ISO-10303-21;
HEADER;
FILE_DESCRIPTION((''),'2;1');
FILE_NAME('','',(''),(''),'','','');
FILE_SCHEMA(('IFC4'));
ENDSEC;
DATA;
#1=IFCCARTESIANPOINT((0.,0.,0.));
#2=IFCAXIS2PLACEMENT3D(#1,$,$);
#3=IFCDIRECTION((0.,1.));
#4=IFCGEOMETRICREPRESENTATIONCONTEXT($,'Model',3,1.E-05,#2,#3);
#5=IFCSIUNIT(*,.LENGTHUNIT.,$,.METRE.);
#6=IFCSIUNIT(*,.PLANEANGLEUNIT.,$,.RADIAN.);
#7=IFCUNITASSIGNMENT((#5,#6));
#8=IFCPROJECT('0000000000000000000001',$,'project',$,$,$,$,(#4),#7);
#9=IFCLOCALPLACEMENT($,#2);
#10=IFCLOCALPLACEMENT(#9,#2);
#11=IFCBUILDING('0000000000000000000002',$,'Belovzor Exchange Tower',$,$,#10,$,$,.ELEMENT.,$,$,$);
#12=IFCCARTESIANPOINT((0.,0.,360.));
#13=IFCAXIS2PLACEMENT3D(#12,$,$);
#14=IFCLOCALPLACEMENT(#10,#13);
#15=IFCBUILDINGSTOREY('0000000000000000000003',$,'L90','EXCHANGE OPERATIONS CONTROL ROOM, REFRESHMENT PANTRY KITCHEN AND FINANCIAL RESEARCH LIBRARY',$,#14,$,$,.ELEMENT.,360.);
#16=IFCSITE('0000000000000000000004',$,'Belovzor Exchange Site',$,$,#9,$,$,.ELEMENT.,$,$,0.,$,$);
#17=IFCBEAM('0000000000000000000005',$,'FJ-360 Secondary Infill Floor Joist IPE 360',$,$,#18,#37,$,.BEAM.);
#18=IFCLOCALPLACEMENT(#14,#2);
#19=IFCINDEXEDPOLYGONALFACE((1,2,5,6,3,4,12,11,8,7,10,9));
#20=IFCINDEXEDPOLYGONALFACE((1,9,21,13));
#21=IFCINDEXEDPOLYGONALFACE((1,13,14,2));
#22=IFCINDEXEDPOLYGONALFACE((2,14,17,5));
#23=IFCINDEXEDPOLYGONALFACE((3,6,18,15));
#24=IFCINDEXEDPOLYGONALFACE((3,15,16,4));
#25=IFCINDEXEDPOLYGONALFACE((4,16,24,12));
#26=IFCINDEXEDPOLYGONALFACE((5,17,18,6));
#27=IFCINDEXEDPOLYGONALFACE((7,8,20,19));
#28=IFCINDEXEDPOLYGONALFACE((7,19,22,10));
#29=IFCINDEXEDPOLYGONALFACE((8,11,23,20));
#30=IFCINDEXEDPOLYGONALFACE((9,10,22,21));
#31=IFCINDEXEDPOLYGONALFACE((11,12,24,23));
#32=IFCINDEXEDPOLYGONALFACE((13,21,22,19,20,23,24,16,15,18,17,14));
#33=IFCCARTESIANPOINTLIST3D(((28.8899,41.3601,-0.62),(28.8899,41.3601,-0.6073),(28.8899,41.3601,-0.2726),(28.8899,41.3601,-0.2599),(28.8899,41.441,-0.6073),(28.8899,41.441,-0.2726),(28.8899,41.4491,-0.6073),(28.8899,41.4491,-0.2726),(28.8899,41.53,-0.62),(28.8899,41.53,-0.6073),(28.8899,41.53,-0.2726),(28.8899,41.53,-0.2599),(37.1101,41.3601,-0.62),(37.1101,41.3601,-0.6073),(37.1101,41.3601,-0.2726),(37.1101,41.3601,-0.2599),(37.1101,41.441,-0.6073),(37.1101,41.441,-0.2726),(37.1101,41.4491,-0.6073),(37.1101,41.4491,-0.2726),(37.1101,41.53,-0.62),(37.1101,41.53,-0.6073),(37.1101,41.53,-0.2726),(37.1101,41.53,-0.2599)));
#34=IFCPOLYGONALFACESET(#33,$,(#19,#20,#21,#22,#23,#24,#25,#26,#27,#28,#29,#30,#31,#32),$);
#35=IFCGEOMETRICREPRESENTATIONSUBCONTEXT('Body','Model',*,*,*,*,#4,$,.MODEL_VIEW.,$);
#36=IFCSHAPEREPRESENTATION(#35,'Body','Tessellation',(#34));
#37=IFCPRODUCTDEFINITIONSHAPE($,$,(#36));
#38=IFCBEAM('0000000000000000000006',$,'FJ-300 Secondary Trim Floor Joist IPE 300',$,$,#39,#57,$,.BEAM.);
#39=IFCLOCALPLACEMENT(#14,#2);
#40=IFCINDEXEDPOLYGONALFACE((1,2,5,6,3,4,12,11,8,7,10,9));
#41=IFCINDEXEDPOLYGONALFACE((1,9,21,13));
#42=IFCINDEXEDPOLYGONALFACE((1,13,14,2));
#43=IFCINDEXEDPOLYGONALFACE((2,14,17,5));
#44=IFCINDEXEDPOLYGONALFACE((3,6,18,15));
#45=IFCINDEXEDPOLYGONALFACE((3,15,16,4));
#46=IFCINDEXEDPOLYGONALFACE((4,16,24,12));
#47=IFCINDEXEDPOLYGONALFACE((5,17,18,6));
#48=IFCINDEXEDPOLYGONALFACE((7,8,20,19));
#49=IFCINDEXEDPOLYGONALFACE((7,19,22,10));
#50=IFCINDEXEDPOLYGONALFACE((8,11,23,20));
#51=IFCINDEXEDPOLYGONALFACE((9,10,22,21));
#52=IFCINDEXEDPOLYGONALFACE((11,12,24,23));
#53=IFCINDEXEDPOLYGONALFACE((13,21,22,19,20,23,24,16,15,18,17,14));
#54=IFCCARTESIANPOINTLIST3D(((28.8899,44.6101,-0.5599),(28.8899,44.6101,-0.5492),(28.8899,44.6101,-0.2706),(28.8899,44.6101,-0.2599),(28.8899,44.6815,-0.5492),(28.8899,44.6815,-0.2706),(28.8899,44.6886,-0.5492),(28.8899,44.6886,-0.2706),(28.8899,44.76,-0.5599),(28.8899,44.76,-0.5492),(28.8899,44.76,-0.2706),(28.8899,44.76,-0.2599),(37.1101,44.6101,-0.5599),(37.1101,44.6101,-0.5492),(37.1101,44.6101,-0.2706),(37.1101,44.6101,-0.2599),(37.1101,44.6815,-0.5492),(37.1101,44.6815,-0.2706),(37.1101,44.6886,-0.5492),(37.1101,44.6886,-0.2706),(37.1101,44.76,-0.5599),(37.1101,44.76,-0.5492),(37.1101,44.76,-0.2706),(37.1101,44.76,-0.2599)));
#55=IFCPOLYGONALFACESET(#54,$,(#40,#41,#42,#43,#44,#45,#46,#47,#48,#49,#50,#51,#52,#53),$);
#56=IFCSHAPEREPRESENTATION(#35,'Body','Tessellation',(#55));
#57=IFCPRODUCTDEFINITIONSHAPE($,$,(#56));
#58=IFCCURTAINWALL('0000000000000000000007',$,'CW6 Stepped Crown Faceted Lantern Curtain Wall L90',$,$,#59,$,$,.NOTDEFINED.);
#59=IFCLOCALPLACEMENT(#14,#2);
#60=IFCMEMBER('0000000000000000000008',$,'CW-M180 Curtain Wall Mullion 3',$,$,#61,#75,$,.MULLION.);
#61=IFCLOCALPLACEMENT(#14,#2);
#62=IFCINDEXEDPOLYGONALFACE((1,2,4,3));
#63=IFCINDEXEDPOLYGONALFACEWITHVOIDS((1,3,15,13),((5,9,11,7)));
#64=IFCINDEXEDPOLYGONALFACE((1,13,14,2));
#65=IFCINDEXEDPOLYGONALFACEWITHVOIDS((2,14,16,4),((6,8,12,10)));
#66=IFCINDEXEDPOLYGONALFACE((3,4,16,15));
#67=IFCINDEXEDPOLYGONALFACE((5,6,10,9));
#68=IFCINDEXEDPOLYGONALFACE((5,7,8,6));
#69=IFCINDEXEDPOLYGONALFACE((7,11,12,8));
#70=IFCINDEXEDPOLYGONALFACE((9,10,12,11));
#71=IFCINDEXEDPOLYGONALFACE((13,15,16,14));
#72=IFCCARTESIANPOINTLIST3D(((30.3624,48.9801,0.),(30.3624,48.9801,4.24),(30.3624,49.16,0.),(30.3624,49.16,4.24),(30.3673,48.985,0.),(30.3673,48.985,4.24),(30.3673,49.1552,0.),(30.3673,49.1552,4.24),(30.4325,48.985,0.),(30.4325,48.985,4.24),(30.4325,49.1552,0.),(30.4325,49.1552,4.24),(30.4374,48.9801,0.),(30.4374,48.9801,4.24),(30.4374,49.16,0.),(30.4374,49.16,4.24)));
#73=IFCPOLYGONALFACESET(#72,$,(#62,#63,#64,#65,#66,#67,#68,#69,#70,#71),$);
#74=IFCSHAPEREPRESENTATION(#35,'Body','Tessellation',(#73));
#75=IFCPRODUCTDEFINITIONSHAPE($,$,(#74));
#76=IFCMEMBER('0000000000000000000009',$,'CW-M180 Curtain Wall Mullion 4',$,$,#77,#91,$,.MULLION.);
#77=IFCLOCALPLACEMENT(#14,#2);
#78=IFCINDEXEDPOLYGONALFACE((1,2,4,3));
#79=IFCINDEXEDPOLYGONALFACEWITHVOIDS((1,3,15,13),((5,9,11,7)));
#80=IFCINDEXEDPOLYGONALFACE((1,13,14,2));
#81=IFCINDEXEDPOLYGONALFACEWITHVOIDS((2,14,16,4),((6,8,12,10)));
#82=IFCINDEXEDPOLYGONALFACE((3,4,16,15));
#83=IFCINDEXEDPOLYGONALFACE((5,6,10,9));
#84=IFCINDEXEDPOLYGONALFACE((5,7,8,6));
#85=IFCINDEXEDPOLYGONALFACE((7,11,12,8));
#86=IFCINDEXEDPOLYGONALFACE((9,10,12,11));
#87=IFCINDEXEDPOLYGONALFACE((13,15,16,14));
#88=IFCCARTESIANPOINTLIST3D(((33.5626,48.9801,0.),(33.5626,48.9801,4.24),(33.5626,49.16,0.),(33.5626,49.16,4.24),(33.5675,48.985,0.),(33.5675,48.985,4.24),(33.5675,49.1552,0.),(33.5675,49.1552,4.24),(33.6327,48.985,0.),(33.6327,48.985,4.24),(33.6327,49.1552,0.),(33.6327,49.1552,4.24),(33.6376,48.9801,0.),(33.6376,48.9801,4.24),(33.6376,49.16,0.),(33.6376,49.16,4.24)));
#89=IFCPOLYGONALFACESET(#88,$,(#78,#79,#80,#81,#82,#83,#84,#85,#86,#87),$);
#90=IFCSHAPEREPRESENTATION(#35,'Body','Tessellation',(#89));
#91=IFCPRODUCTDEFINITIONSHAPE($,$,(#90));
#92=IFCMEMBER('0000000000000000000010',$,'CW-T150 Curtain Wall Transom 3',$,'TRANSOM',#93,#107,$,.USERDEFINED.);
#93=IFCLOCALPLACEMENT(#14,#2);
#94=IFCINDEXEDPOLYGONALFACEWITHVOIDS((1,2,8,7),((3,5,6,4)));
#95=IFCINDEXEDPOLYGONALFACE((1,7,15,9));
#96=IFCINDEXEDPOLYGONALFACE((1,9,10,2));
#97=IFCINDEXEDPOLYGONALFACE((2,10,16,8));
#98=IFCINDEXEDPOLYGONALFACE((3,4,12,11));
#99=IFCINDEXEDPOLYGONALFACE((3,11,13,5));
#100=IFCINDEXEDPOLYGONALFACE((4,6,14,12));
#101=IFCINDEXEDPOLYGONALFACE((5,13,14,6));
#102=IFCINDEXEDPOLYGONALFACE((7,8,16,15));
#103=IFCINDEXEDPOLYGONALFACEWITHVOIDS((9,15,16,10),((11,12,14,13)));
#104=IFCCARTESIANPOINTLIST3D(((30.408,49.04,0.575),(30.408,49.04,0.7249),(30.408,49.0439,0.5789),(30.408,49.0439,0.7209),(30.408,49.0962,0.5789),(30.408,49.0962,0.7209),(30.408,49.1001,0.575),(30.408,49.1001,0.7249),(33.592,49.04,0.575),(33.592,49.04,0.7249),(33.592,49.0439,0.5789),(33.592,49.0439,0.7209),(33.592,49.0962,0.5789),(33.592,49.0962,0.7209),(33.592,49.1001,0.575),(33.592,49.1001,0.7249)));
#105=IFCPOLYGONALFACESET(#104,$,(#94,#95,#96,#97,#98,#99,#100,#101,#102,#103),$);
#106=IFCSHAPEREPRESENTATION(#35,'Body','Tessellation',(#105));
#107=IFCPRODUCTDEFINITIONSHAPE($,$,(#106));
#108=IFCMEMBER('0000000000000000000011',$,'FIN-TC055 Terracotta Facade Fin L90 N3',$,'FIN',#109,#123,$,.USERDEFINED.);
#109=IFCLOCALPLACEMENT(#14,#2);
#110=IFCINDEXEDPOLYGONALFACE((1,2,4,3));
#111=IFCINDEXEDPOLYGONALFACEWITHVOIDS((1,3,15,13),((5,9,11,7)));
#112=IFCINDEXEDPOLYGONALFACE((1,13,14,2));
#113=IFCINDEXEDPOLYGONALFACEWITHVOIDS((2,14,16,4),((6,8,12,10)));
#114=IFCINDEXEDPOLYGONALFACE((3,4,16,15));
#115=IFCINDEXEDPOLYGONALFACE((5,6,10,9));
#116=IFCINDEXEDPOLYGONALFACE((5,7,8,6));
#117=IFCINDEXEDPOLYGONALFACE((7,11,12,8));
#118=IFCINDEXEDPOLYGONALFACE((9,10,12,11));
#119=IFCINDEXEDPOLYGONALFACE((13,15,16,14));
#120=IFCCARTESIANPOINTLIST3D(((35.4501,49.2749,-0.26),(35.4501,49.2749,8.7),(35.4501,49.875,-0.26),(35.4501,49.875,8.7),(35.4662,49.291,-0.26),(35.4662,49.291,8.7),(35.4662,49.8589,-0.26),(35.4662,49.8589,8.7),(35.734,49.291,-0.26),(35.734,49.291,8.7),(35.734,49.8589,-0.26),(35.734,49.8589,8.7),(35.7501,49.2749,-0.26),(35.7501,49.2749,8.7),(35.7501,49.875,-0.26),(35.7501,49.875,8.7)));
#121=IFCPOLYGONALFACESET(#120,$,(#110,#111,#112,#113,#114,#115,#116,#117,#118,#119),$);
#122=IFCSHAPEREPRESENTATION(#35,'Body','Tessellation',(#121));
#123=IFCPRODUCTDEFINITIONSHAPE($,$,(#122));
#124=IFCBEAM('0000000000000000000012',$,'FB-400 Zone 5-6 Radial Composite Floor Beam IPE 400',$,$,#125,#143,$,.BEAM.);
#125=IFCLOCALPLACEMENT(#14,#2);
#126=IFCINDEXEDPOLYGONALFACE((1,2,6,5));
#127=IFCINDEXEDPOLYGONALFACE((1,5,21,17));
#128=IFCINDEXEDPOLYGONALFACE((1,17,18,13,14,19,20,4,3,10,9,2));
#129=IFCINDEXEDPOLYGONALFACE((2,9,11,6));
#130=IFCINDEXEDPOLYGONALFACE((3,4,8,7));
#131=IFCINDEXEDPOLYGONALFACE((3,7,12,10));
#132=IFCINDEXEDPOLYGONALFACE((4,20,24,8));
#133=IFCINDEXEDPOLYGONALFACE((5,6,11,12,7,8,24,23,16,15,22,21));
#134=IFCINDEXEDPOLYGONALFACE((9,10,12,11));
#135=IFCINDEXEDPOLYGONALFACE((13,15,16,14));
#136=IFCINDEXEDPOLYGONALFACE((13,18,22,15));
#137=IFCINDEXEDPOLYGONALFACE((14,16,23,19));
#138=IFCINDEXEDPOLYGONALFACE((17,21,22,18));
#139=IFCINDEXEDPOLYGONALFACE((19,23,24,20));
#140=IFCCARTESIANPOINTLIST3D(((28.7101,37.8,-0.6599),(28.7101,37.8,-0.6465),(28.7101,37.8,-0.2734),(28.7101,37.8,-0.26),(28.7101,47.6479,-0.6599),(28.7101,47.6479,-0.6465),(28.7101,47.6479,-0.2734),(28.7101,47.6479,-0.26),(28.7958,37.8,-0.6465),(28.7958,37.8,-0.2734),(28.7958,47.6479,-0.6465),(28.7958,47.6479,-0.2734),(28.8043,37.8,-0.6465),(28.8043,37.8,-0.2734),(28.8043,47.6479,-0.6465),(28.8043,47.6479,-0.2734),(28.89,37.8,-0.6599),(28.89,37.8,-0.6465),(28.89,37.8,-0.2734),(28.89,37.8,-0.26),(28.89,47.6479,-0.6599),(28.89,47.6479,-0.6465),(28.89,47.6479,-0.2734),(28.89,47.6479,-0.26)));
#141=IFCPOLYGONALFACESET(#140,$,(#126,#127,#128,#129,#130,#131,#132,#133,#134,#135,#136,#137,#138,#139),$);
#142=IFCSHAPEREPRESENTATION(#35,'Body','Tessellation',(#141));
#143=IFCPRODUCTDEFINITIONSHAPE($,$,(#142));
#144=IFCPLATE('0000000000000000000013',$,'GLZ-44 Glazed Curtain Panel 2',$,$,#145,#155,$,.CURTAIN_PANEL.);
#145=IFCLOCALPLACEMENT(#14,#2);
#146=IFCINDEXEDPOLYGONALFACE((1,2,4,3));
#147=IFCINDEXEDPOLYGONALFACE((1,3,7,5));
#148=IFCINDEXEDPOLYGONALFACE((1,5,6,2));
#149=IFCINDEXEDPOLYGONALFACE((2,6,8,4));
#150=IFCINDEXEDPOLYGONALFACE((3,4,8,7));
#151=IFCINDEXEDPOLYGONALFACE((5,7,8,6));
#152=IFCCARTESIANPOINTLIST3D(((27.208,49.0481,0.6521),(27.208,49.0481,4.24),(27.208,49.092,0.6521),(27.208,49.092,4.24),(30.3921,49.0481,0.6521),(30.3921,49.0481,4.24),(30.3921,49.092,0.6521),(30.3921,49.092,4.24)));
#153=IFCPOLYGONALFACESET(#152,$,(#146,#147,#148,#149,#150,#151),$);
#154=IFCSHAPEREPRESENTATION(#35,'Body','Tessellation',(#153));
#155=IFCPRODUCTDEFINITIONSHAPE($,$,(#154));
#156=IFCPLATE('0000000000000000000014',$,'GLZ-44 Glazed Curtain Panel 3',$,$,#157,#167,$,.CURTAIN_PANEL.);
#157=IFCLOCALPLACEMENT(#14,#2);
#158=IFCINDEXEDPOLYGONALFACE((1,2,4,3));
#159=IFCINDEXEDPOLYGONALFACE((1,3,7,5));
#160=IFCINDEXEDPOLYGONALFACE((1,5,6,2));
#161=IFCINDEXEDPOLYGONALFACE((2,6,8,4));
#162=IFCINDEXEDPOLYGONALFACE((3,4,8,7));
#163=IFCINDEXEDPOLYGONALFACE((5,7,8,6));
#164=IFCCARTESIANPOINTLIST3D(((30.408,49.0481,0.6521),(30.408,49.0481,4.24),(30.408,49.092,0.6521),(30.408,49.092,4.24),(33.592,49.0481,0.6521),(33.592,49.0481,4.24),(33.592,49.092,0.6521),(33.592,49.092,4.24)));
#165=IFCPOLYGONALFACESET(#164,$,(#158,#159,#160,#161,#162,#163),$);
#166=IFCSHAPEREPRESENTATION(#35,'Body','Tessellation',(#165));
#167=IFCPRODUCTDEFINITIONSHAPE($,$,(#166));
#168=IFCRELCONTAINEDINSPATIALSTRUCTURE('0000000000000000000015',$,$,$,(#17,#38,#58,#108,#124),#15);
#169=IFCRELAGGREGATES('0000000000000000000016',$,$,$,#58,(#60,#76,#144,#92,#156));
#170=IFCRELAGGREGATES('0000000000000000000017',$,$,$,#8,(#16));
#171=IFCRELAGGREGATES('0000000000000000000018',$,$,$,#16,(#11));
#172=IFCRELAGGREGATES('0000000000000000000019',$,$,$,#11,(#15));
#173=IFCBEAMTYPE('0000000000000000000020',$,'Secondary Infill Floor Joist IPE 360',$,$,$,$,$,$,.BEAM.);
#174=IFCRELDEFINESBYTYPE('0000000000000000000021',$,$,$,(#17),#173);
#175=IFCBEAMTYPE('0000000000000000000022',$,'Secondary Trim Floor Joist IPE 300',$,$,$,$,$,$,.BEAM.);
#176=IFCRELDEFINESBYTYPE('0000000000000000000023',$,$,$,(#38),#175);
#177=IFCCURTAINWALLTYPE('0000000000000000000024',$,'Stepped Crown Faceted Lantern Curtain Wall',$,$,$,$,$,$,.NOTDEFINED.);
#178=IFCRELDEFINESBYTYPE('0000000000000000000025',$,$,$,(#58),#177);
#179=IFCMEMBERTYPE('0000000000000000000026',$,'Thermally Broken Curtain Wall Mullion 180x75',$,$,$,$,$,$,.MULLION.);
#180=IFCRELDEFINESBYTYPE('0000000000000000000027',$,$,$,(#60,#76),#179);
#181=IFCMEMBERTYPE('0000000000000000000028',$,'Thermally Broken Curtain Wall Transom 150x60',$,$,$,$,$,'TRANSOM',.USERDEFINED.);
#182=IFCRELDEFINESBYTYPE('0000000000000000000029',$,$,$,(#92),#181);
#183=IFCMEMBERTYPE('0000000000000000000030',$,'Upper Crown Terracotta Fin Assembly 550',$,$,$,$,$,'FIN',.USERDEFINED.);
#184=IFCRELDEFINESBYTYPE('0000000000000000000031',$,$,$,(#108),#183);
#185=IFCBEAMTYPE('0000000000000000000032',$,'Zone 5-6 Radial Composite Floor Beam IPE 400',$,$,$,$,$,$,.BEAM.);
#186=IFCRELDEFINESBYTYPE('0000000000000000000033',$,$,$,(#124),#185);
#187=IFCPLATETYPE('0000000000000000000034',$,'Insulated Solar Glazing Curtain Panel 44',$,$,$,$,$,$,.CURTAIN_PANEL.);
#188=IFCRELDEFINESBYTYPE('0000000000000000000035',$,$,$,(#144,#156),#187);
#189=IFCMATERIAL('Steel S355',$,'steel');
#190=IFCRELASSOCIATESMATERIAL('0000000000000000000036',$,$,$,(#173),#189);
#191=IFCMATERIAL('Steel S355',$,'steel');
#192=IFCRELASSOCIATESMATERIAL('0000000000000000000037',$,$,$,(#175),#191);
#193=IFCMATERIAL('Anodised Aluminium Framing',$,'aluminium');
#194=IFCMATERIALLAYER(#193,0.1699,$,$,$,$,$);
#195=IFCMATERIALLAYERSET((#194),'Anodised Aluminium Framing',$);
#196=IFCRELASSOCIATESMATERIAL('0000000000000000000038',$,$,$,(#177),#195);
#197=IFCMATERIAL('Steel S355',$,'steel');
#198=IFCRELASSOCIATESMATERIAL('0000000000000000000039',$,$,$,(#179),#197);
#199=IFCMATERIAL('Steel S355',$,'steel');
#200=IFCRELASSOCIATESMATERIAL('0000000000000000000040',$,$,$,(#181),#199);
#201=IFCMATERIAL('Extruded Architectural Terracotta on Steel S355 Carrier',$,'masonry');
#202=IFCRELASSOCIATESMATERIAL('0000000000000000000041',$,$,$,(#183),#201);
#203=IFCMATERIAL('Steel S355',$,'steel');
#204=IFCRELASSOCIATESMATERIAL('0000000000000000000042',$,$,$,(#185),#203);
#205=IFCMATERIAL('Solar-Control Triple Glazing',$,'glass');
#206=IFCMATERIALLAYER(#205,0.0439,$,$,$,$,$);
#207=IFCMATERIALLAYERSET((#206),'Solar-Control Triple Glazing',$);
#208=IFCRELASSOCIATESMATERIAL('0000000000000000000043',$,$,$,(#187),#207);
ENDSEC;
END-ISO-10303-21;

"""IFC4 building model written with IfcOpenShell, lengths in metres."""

from ifc_helpers import new_model, si_unit, direction, frame, origin, origin_2d, place, context, subcontext, project, spatial, rectangle, hollow_rectangle, i_section, extrude, material, layer, layer_set, material_profile, profile_set, type_object, element, aggregate, save


model = new_model("IFC4")

# Units and contexts
model_context = context("Model", 3, precision=1e-05, world=origin(), true_north=direction((0.0, 1.0)))
body_context = subcontext(model_context, "Body", "Model", "MODEL_VIEW")
ifc_project = project(units=[si_unit("LENGTHUNIT", "METRE"), si_unit("PLANEANGLEUNIT", "RADIAN")], contexts=[model_context])

# Site, building, storey
site_placement = place(None, origin())
site = spatial("IfcSite", under=ifc_project, at=site_placement, Name="Belovzor Exchange Site", CompositionType="ELEMENT", RefElevation=0.0)
building_placement = place(site_placement, origin())
building = spatial("IfcBuilding", under=site, at=building_placement, Name="Belovzor Exchange Tower", CompositionType="ELEMENT")
storey_placement = place(building_placement, frame((0.0, 0.0, 360.0)))
storey = spatial("IfcBuildingStorey", under=building, at=storey_placement, Name="L90", Description="EXCHANGE OPERATIONS CONTROL ROOM, REFRESHMENT PANTRY KITCHEN AND FINANCIAL RESEARCH LIBRARY", CompositionType="ELEMENT", Elevation=360.0)

# Beams
ifc_material_1 = material(Name="Steel S355", Category="steel")
ifc_material_profile_1 = material_profile(ifc_material_1, i_section(OverallWidth=0.1699, OverallDepth=0.3601, WebThickness=0.0081, FlangeThickness=0.0127, at=origin_2d()))
ifc_profile_set_1 = profile_set([ifc_material_profile_1], Name="Steel S355")
beam_type_1 = type_object("IfcBeamType", Name="Secondary Infill Floor Joist IPE 360", PredefinedType="BEAM", material=ifc_profile_set_1)
beam_1_placement = place(storey_placement, frame((28.8899, 41.4451, -0.4399), z_axis=(1.0, 0.0, 0.0), x_axis=(0.0, 1.0, 0.0)))
element("IfcBeam", 1, at=beam_1_placement, inside=storey, type_object=beam_type_1, Name="FJ-360 Secondary Infill Floor Joist IPE 360", PredefinedType="BEAM", context=body_context, shape_type="SweptSolid", body=[
    extrude(i_section(OverallWidth=0.1699, OverallDepth=0.3601, WebThickness=0.0081, FlangeThickness=0.0127, at=origin_2d()), origin(), (0.0, 0.0, 1.0), 8.2202),
])
ifc_material_2 = material(Name="Steel S355", Category="steel")
ifc_material_profile_2 = material_profile(ifc_material_2, i_section(OverallWidth=0.1499, OverallDepth=0.3, WebThickness=0.0071, FlangeThickness=0.0107, at=origin_2d()))
ifc_profile_set_2 = profile_set([ifc_material_profile_2], Name="Steel S355")
beam_type_2 = type_object("IfcBeamType", Name="Secondary Trim Floor Joist IPE 300", PredefinedType="BEAM", material=ifc_profile_set_2)
beam_2_placement = place(storey_placement, frame((28.8899, 44.6851, -0.4099), z_axis=(1.0, 0.0, 0.0), x_axis=(0.0, 1.0, 0.0)))
element("IfcBeam", 2, at=beam_2_placement, inside=storey, type_object=beam_type_2, Name="FJ-300 Secondary Trim Floor Joist IPE 300", PredefinedType="BEAM", context=body_context, shape_type="SweptSolid", body=[
    extrude(i_section(OverallWidth=0.1499, OverallDepth=0.3, WebThickness=0.0071, FlangeThickness=0.0107, at=origin_2d()), origin(), (0.0, 0.0, 1.0), 8.2202),
])

# Curtain wall, members
ifc_material_3 = material(Name="Anodised Aluminium Framing", Category="aluminium")
ifc_layer_1 = layer(ifc_material_3, 0.1699)
ifc_layer_set_1 = layer_set([ifc_layer_1], Name="Anodised Aluminium Framing")
curtain_wall_type = type_object("IfcCurtainWallType", Name="Stepped Crown Faceted Lantern Curtain Wall", PredefinedType="NOTDEFINED", material=ifc_layer_set_1)
curtain_wall_placement = place(storey_placement, origin())
curtain_wall = element("IfcCurtainWall", 3, at=curtain_wall_placement, inside=storey, type_object=curtain_wall_type, Name="CW6 Stepped Crown Faceted Lantern Curtain Wall L90", PredefinedType="NOTDEFINED")
ifc_material_4 = material(Name="Steel S355", Category="steel")
ifc_material_profile_3 = material_profile(ifc_material_4, hollow_rectangle(XDim=0.075, YDim=0.1799, WallThickness=0.0049, at=origin_2d()))
ifc_profile_set_3 = profile_set([ifc_material_profile_3], Name="Steel S355")
member_type_1 = type_object("IfcMemberType", Name="Thermally Broken Curtain Wall Mullion 180x75", PredefinedType="MULLION", material=ifc_profile_set_3)
member_1_placement = place(storey_placement, frame((30.3999, 49.0701, 0.0), z_axis=(0.0, 0.0, 1.0), x_axis=(1.0, 0.0, 0.0)))
member_1 = element("IfcMember", 4, at=member_1_placement, type_object=member_type_1, Name="CW-M180 Curtain Wall Mullion 3", PredefinedType="MULLION", context=body_context, shape_type="SweptSolid", body=[
    extrude(hollow_rectangle(XDim=0.075, YDim=0.1799, WallThickness=0.0049, at=origin_2d()), origin(), (0.0, 0.0, 1.0), 4.24),
])
member_2_placement = place(storey_placement, frame((33.6001, 49.0701, 0.0), z_axis=(0.0, 0.0, 1.0), x_axis=(1.0, 0.0, 0.0)))
member_2 = element("IfcMember", 5, at=member_2_placement, type_object=member_type_1, Name="CW-M180 Curtain Wall Mullion 4", PredefinedType="MULLION", context=body_context, shape_type="SweptSolid", body=[
    extrude(hollow_rectangle(XDim=0.075, YDim=0.1799, WallThickness=0.0049, at=origin_2d()), origin(), (0.0, 0.0, 1.0), 4.24),
])
ifc_material_5 = material(Name="Steel S355", Category="steel")
ifc_material_profile_4 = material_profile(ifc_material_5, hollow_rectangle(XDim=0.0601, YDim=0.1499, WallThickness=0.0039, at=origin_2d()))
ifc_profile_set_4 = profile_set([ifc_material_profile_4], Name="Steel S355")
member_type_2 = type_object("IfcMemberType", Name="Thermally Broken Curtain Wall Transom 150x60", ElementType="TRANSOM", PredefinedType="USERDEFINED", material=ifc_profile_set_4)
member_3_placement = place(storey_placement, frame((30.408, 49.0701, 0.6499), z_axis=(1.0, 0.0, 0.0), x_axis=(0.0, 1.0, 0.0)))
member_3 = element("IfcMember", 6, at=member_3_placement, type_object=member_type_2, Name="CW-T150 Curtain Wall Transom 3", ObjectType="TRANSOM", PredefinedType="USERDEFINED", context=body_context, shape_type="SweptSolid", body=[
    extrude(hollow_rectangle(XDim=0.0601, YDim=0.1499, WallThickness=0.0039, at=origin_2d()), origin(), (0.0, 0.0, 1.0), 3.1841),
])

# Member
ifc_material_6 = material(Name="Extruded Architectural Terracotta on Steel S355 Carrier", Category="masonry")
ifc_material_profile_5 = material_profile(ifc_material_6, hollow_rectangle(XDim=0.3, YDim=0.6001, WallThickness=0.0161, at=origin_2d()))
ifc_profile_set_5 = profile_set([ifc_material_profile_5], Name="Extruded Architectural Terracotta on Steel S355 Carrier")
member_type_3 = type_object("IfcMemberType", Name="Upper Crown Terracotta Fin Assembly 550", ElementType="FIN", PredefinedType="USERDEFINED", material=ifc_profile_set_5)
member_4_placement = place(storey_placement, frame((35.6001, 49.575, -0.26), z_axis=(0.0, 0.0, 1.0), x_axis=(1.0, 0.0, 0.0)))
element("IfcMember", 7, at=member_4_placement, inside=storey, type_object=member_type_3, Name="FIN-TC055 Terracotta Facade Fin L90 N3", ObjectType="FIN", PredefinedType="USERDEFINED", context=body_context, shape_type="SweptSolid", body=[
    extrude(hollow_rectangle(XDim=0.3, YDim=0.6001, WallThickness=0.0161, at=origin_2d()), origin(), (0.0, 0.0, 1.0), 8.96),
])

# Beam
ifc_material_7 = material(Name="Steel S355", Category="steel")
ifc_material_profile_6 = material_profile(ifc_material_7, i_section(OverallWidth=0.1799, OverallDepth=0.3999, WebThickness=0.0085, FlangeThickness=0.0134, at=origin_2d()))
ifc_profile_set_6 = profile_set([ifc_material_profile_6], Name="Steel S355")
beam_type_3 = type_object("IfcBeamType", Name="Zone 5-6 Radial Composite Floor Beam IPE 400", PredefinedType="BEAM", material=ifc_profile_set_6)
beam_3_placement = place(storey_placement, frame((28.8, 37.8, -0.46), z_axis=(0.0, 1.0, 0.0), x_axis=(-1.0, 0.0, 0.0)))
element("IfcBeam", 8, at=beam_3_placement, inside=storey, type_object=beam_type_3, Name="FB-400 Zone 5-6 Radial Composite Floor Beam IPE 400", PredefinedType="BEAM", context=body_context, shape_type="SweptSolid", body=[
    extrude(i_section(OverallWidth=0.1799, OverallDepth=0.3999, WebThickness=0.0085, FlangeThickness=0.0134, at=origin_2d()), origin(), (0.0, 0.0, 1.0), 9.8479),
])

# Plates
ifc_material_8 = material(Name="Solar-Control Triple Glazing", Category="glass")
ifc_layer_2 = layer(ifc_material_8, 0.0439)
ifc_layer_set_2 = layer_set([ifc_layer_2], Name="Solar-Control Triple Glazing")
plate_type_1 = type_object("IfcPlateType", Name="Insulated Solar Glazing Curtain Panel 44", PredefinedType="CURTAIN_PANEL", material=ifc_layer_set_2)
plate_1_placement = place(storey_placement, frame((28.8, 49.0701, 0.6521), z_axis=(0.0, 0.0, 1.0), x_axis=(1.0, 0.0, 0.0)))
plate_1 = element("IfcPlate", 9, at=plate_1_placement, type_object=plate_type_1, Name="GLZ-44 Glazed Curtain Panel 2", PredefinedType="CURTAIN_PANEL", context=body_context, shape_type="SweptSolid", body=[
    extrude(rectangle(XDim=3.1841, YDim=0.0439, at=origin_2d()), origin(), (0.0, 0.0, 1.0), 3.5879),
])
plate_2_placement = place(storey_placement, frame((32.0, 49.0701, 0.6521), z_axis=(0.0, 0.0, 1.0), x_axis=(1.0, 0.0, 0.0)))
plate_2 = element("IfcPlate", 10, at=plate_2_placement, type_object=plate_type_1, Name="GLZ-44 Glazed Curtain Panel 3", PredefinedType="CURTAIN_PANEL", context=body_context, shape_type="SweptSolid", body=[
    extrude(rectangle(XDim=3.1841, YDim=0.0439, at=origin_2d()), origin(), (0.0, 0.0, 1.0), 3.5879),
])
aggregate(curtain_wall, [member_1, member_2, plate_1, member_3, plate_2])

save(model, "model.ifc")
